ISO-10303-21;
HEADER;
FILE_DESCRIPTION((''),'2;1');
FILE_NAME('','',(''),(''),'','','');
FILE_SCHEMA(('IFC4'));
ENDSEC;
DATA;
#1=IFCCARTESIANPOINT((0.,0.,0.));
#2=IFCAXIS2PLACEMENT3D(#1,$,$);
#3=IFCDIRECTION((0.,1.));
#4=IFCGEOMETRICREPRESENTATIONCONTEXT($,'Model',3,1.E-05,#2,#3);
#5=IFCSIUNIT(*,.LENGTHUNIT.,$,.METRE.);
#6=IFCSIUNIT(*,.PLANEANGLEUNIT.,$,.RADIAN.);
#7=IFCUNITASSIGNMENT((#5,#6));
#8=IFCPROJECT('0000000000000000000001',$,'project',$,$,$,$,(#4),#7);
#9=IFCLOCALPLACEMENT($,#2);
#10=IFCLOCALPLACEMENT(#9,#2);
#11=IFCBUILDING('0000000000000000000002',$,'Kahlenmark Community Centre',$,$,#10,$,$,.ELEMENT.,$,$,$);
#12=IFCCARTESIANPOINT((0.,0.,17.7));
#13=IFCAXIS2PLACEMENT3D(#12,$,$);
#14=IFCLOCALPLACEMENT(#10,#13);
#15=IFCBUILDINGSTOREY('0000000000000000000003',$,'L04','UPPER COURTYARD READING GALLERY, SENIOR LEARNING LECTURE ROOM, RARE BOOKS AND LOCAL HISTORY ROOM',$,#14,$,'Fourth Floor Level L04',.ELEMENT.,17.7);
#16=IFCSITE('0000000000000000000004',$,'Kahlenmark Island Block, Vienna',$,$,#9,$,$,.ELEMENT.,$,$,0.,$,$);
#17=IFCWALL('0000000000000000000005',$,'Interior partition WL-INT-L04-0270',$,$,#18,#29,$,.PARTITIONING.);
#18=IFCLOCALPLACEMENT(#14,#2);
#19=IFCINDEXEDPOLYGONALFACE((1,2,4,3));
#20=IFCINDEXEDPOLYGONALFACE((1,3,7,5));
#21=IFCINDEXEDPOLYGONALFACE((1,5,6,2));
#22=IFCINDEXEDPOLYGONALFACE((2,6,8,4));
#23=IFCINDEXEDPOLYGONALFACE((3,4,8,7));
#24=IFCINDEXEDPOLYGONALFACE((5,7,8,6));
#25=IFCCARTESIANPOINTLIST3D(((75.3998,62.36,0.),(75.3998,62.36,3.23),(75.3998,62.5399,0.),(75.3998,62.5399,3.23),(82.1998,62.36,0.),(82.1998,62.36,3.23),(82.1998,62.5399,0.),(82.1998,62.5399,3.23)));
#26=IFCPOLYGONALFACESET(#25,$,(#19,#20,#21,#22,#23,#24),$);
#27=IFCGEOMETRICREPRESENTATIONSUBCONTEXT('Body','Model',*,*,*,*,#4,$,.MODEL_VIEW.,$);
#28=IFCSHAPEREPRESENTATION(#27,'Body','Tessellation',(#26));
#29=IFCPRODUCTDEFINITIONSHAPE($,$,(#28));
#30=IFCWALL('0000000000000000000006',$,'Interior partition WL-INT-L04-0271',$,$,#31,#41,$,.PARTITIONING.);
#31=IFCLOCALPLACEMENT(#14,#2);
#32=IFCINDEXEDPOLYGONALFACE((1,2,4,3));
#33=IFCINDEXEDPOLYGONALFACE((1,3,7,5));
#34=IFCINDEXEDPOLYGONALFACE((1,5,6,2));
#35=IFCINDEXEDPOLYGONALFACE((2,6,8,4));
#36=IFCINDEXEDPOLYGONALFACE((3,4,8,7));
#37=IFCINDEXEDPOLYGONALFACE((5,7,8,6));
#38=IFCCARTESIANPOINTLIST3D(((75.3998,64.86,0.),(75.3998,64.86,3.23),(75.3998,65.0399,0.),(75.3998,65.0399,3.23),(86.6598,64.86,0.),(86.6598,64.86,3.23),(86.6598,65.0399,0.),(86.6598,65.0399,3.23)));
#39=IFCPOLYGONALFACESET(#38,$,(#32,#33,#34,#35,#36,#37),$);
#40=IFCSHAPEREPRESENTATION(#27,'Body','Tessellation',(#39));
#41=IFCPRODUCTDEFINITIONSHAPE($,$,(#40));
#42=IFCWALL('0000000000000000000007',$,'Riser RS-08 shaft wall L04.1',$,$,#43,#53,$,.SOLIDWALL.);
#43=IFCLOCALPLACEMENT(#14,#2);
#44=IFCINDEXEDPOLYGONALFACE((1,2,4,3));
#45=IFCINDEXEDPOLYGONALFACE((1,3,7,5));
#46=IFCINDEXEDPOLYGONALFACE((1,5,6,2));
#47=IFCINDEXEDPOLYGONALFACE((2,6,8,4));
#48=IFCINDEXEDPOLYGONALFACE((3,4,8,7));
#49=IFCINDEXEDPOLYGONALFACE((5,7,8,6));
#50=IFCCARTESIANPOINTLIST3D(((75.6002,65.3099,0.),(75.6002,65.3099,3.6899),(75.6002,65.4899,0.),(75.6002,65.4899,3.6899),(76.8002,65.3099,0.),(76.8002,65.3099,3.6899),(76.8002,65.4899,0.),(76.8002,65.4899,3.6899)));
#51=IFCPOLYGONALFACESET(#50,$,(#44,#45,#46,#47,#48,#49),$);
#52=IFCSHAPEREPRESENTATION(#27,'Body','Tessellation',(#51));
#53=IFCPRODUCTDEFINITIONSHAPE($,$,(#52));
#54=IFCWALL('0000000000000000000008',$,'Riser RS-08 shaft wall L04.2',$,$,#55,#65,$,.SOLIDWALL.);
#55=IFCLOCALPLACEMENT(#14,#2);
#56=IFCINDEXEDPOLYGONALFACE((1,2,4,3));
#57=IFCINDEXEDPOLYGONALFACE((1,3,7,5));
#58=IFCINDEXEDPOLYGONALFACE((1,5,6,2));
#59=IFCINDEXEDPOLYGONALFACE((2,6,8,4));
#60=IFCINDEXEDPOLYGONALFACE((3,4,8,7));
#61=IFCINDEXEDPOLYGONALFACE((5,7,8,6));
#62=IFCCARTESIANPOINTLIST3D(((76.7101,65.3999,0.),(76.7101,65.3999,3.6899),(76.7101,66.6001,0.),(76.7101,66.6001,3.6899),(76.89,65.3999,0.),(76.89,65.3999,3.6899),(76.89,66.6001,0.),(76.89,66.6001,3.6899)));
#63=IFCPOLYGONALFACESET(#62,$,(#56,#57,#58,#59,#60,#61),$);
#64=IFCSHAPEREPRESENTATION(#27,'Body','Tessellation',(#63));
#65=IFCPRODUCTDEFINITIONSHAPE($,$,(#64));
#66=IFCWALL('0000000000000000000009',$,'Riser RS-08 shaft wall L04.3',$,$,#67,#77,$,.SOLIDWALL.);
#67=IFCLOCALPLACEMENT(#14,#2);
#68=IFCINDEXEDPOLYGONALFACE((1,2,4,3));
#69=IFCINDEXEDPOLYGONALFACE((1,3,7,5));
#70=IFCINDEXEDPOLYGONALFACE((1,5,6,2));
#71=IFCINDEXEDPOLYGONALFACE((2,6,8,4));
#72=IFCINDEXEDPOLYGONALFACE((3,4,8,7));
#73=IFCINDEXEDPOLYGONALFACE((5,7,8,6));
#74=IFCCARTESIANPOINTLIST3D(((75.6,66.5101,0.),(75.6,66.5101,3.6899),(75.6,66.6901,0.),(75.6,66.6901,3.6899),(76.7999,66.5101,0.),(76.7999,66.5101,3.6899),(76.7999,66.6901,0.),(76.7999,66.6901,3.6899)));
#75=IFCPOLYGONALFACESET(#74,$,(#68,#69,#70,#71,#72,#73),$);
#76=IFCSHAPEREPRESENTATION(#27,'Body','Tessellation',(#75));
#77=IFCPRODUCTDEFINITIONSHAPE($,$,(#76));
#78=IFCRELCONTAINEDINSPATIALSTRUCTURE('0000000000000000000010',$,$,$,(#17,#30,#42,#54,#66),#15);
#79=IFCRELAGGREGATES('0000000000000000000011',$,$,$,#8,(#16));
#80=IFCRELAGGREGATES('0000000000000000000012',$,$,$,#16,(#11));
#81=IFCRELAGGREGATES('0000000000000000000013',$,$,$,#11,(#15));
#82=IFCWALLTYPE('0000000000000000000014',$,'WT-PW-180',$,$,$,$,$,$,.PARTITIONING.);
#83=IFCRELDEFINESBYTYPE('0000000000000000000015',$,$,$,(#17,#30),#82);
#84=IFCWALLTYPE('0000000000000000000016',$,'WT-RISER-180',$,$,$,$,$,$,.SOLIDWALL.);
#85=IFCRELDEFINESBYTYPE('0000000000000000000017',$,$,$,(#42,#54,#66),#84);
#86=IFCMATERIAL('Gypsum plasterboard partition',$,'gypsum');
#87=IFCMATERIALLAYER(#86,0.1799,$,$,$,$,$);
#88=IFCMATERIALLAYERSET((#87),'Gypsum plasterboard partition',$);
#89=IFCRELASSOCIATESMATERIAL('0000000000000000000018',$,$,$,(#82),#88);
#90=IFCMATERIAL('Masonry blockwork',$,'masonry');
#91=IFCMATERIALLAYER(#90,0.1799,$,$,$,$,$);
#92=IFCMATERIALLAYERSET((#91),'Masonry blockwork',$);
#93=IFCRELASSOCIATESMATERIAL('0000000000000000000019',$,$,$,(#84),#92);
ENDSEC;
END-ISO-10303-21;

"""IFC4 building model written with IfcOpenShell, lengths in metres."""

from ifc_helpers import new_model, si_unit, direction, frame, frame_2d, origin, place, context, subcontext, project, spatial, rectangle, extrude, material, layer, layer_set, type_object, element, save


model = new_model("IFC4")

# Units and contexts
model_context = context("Model", 3, precision=1e-05, world=origin(), true_north=direction((0.0, 1.0)))
body_context = subcontext(model_context, "Body", "Model", "MODEL_VIEW")
ifc_project = project(units=[si_unit("LENGTHUNIT", "METRE"), si_unit("PLANEANGLEUNIT", "RADIAN")], contexts=[model_context])

# Site, building, storey
site_placement = place(None, origin())
site = spatial("IfcSite", under=ifc_project, at=site_placement, Name="Kahlenmark Island Block, Vienna", CompositionType="ELEMENT", RefElevation=0.0)
building_placement = place(site_placement, origin())
building = spatial("IfcBuilding", under=site, at=building_placement, Name="Kahlenmark Community Centre", CompositionType="ELEMENT")
storey_placement = place(building_placement, frame((0.0, 0.0, 17.7)))
storey = spatial("IfcBuildingStorey", under=building, at=storey_placement, Name="L04", Description="UPPER COURTYARD READING GALLERY, SENIOR LEARNING LECTURE ROOM, RARE BOOKS AND LOCAL HISTORY ROOM", LongName="Fourth Floor Level L04", CompositionType="ELEMENT", Elevation=17.7)

# Walls
ifc_material_1 = material(Name="Gypsum plasterboard partition", Category="gypsum")
ifc_layer_1 = layer(ifc_material_1, 0.1799)
ifc_layer_set_1 = layer_set([ifc_layer_1], Name="Gypsum plasterboard partition")
wall_type_1 = type_object("IfcWallType", Name="WT-PW-180", PredefinedType="PARTITIONING", material=ifc_layer_set_1)
wall_1_placement = place(storey_placement, frame((75.3999, 62.45, 0.0), z_axis=(0.0, 0.0, 1.0), x_axis=(1.0, 0.0, 0.0)))
element("IfcWall", 1, at=wall_1_placement, inside=storey, type_object=wall_type_1, Name="Interior partition WL-INT-L04-0270", PredefinedType="PARTITIONING", context=body_context, shape_type="SweptSolid", body=[
    extrude(rectangle(XDim=6.8, YDim=0.1799, at=frame_2d((3.3999, 0.0))), origin(), (0.0, 0.0, 1.0), 3.23),
])
wall_2_placement = place(storey_placement, frame((75.3999, 64.95, 0.0), z_axis=(0.0, 0.0, 1.0), x_axis=(1.0, 0.0, 0.0)))
element("IfcWall", 2, at=wall_2_placement, inside=storey, type_object=wall_type_1, Name="Interior partition WL-INT-L04-0271", PredefinedType="PARTITIONING", context=body_context, shape_type="SweptSolid", body=[
    extrude(rectangle(XDim=11.26, YDim=0.1799, at=frame_2d((5.6299, 0.0))), origin(), (0.0, 0.0, 1.0), 3.23),
])

# Walls
ifc_material_2 = material(Name="Masonry blockwork", Category="masonry")
ifc_layer_2 = layer(ifc_material_2, 0.1799)
ifc_layer_set_2 = layer_set([ifc_layer_2], Name="Masonry blockwork")
wall_type_2 = type_object("IfcWallType", Name="WT-RISER-180", PredefinedType="SOLIDWALL", material=ifc_layer_set_2)
wall_3_placement = place(storey_placement, frame((75.6001, 65.3999, 0.0), z_axis=(0.0, 0.0, 1.0), x_axis=(1.0, 0.0, 0.0)))
element("IfcWall", 3, at=wall_3_placement, inside=storey, type_object=wall_type_2, Name="Riser RS-08 shaft wall L04.1", PredefinedType="SOLIDWALL", context=body_context, shape_type="SweptSolid", body=[
    extrude(rectangle(XDim=1.2, YDim=0.1799, at=frame_2d((0.6001, 0.0))), origin(), (0.0, 0.0, 1.0), 3.6899),
])
wall_4_placement = place(storey_placement, frame((76.8, 65.3999, 0.0), z_axis=(0.0, 0.0, 1.0), x_axis=(0.0, 1.0, 0.0)))
element("IfcWall", 4, at=wall_4_placement, inside=storey, type_object=wall_type_2, Name="Riser RS-08 shaft wall L04.2", PredefinedType="SOLIDWALL", context=body_context, shape_type="SweptSolid", body=[
    extrude(rectangle(XDim=1.2002, YDim=0.1799, at=frame_2d((0.6001, 0.0))), origin(), (0.0, 0.0, 1.0), 3.6899),
])
wall_5_placement = place(storey_placement, frame((76.8, 66.6001, 0.0), z_axis=(0.0, 0.0, 1.0), x_axis=(-1.0, 0.0, 0.0)))
element("IfcWall", 5, at=wall_5_placement, inside=storey, type_object=wall_type_2, Name="Riser RS-08 shaft wall L04.3", PredefinedType="SOLIDWALL", context=body_context, shape_type="SweptSolid", body=[
    extrude(rectangle(XDim=1.2, YDim=0.1799, at=frame_2d((0.6001, 0.0))), origin(), (0.0, 0.0, 1.0), 3.6899),
])

save(model, "model.ifc")
